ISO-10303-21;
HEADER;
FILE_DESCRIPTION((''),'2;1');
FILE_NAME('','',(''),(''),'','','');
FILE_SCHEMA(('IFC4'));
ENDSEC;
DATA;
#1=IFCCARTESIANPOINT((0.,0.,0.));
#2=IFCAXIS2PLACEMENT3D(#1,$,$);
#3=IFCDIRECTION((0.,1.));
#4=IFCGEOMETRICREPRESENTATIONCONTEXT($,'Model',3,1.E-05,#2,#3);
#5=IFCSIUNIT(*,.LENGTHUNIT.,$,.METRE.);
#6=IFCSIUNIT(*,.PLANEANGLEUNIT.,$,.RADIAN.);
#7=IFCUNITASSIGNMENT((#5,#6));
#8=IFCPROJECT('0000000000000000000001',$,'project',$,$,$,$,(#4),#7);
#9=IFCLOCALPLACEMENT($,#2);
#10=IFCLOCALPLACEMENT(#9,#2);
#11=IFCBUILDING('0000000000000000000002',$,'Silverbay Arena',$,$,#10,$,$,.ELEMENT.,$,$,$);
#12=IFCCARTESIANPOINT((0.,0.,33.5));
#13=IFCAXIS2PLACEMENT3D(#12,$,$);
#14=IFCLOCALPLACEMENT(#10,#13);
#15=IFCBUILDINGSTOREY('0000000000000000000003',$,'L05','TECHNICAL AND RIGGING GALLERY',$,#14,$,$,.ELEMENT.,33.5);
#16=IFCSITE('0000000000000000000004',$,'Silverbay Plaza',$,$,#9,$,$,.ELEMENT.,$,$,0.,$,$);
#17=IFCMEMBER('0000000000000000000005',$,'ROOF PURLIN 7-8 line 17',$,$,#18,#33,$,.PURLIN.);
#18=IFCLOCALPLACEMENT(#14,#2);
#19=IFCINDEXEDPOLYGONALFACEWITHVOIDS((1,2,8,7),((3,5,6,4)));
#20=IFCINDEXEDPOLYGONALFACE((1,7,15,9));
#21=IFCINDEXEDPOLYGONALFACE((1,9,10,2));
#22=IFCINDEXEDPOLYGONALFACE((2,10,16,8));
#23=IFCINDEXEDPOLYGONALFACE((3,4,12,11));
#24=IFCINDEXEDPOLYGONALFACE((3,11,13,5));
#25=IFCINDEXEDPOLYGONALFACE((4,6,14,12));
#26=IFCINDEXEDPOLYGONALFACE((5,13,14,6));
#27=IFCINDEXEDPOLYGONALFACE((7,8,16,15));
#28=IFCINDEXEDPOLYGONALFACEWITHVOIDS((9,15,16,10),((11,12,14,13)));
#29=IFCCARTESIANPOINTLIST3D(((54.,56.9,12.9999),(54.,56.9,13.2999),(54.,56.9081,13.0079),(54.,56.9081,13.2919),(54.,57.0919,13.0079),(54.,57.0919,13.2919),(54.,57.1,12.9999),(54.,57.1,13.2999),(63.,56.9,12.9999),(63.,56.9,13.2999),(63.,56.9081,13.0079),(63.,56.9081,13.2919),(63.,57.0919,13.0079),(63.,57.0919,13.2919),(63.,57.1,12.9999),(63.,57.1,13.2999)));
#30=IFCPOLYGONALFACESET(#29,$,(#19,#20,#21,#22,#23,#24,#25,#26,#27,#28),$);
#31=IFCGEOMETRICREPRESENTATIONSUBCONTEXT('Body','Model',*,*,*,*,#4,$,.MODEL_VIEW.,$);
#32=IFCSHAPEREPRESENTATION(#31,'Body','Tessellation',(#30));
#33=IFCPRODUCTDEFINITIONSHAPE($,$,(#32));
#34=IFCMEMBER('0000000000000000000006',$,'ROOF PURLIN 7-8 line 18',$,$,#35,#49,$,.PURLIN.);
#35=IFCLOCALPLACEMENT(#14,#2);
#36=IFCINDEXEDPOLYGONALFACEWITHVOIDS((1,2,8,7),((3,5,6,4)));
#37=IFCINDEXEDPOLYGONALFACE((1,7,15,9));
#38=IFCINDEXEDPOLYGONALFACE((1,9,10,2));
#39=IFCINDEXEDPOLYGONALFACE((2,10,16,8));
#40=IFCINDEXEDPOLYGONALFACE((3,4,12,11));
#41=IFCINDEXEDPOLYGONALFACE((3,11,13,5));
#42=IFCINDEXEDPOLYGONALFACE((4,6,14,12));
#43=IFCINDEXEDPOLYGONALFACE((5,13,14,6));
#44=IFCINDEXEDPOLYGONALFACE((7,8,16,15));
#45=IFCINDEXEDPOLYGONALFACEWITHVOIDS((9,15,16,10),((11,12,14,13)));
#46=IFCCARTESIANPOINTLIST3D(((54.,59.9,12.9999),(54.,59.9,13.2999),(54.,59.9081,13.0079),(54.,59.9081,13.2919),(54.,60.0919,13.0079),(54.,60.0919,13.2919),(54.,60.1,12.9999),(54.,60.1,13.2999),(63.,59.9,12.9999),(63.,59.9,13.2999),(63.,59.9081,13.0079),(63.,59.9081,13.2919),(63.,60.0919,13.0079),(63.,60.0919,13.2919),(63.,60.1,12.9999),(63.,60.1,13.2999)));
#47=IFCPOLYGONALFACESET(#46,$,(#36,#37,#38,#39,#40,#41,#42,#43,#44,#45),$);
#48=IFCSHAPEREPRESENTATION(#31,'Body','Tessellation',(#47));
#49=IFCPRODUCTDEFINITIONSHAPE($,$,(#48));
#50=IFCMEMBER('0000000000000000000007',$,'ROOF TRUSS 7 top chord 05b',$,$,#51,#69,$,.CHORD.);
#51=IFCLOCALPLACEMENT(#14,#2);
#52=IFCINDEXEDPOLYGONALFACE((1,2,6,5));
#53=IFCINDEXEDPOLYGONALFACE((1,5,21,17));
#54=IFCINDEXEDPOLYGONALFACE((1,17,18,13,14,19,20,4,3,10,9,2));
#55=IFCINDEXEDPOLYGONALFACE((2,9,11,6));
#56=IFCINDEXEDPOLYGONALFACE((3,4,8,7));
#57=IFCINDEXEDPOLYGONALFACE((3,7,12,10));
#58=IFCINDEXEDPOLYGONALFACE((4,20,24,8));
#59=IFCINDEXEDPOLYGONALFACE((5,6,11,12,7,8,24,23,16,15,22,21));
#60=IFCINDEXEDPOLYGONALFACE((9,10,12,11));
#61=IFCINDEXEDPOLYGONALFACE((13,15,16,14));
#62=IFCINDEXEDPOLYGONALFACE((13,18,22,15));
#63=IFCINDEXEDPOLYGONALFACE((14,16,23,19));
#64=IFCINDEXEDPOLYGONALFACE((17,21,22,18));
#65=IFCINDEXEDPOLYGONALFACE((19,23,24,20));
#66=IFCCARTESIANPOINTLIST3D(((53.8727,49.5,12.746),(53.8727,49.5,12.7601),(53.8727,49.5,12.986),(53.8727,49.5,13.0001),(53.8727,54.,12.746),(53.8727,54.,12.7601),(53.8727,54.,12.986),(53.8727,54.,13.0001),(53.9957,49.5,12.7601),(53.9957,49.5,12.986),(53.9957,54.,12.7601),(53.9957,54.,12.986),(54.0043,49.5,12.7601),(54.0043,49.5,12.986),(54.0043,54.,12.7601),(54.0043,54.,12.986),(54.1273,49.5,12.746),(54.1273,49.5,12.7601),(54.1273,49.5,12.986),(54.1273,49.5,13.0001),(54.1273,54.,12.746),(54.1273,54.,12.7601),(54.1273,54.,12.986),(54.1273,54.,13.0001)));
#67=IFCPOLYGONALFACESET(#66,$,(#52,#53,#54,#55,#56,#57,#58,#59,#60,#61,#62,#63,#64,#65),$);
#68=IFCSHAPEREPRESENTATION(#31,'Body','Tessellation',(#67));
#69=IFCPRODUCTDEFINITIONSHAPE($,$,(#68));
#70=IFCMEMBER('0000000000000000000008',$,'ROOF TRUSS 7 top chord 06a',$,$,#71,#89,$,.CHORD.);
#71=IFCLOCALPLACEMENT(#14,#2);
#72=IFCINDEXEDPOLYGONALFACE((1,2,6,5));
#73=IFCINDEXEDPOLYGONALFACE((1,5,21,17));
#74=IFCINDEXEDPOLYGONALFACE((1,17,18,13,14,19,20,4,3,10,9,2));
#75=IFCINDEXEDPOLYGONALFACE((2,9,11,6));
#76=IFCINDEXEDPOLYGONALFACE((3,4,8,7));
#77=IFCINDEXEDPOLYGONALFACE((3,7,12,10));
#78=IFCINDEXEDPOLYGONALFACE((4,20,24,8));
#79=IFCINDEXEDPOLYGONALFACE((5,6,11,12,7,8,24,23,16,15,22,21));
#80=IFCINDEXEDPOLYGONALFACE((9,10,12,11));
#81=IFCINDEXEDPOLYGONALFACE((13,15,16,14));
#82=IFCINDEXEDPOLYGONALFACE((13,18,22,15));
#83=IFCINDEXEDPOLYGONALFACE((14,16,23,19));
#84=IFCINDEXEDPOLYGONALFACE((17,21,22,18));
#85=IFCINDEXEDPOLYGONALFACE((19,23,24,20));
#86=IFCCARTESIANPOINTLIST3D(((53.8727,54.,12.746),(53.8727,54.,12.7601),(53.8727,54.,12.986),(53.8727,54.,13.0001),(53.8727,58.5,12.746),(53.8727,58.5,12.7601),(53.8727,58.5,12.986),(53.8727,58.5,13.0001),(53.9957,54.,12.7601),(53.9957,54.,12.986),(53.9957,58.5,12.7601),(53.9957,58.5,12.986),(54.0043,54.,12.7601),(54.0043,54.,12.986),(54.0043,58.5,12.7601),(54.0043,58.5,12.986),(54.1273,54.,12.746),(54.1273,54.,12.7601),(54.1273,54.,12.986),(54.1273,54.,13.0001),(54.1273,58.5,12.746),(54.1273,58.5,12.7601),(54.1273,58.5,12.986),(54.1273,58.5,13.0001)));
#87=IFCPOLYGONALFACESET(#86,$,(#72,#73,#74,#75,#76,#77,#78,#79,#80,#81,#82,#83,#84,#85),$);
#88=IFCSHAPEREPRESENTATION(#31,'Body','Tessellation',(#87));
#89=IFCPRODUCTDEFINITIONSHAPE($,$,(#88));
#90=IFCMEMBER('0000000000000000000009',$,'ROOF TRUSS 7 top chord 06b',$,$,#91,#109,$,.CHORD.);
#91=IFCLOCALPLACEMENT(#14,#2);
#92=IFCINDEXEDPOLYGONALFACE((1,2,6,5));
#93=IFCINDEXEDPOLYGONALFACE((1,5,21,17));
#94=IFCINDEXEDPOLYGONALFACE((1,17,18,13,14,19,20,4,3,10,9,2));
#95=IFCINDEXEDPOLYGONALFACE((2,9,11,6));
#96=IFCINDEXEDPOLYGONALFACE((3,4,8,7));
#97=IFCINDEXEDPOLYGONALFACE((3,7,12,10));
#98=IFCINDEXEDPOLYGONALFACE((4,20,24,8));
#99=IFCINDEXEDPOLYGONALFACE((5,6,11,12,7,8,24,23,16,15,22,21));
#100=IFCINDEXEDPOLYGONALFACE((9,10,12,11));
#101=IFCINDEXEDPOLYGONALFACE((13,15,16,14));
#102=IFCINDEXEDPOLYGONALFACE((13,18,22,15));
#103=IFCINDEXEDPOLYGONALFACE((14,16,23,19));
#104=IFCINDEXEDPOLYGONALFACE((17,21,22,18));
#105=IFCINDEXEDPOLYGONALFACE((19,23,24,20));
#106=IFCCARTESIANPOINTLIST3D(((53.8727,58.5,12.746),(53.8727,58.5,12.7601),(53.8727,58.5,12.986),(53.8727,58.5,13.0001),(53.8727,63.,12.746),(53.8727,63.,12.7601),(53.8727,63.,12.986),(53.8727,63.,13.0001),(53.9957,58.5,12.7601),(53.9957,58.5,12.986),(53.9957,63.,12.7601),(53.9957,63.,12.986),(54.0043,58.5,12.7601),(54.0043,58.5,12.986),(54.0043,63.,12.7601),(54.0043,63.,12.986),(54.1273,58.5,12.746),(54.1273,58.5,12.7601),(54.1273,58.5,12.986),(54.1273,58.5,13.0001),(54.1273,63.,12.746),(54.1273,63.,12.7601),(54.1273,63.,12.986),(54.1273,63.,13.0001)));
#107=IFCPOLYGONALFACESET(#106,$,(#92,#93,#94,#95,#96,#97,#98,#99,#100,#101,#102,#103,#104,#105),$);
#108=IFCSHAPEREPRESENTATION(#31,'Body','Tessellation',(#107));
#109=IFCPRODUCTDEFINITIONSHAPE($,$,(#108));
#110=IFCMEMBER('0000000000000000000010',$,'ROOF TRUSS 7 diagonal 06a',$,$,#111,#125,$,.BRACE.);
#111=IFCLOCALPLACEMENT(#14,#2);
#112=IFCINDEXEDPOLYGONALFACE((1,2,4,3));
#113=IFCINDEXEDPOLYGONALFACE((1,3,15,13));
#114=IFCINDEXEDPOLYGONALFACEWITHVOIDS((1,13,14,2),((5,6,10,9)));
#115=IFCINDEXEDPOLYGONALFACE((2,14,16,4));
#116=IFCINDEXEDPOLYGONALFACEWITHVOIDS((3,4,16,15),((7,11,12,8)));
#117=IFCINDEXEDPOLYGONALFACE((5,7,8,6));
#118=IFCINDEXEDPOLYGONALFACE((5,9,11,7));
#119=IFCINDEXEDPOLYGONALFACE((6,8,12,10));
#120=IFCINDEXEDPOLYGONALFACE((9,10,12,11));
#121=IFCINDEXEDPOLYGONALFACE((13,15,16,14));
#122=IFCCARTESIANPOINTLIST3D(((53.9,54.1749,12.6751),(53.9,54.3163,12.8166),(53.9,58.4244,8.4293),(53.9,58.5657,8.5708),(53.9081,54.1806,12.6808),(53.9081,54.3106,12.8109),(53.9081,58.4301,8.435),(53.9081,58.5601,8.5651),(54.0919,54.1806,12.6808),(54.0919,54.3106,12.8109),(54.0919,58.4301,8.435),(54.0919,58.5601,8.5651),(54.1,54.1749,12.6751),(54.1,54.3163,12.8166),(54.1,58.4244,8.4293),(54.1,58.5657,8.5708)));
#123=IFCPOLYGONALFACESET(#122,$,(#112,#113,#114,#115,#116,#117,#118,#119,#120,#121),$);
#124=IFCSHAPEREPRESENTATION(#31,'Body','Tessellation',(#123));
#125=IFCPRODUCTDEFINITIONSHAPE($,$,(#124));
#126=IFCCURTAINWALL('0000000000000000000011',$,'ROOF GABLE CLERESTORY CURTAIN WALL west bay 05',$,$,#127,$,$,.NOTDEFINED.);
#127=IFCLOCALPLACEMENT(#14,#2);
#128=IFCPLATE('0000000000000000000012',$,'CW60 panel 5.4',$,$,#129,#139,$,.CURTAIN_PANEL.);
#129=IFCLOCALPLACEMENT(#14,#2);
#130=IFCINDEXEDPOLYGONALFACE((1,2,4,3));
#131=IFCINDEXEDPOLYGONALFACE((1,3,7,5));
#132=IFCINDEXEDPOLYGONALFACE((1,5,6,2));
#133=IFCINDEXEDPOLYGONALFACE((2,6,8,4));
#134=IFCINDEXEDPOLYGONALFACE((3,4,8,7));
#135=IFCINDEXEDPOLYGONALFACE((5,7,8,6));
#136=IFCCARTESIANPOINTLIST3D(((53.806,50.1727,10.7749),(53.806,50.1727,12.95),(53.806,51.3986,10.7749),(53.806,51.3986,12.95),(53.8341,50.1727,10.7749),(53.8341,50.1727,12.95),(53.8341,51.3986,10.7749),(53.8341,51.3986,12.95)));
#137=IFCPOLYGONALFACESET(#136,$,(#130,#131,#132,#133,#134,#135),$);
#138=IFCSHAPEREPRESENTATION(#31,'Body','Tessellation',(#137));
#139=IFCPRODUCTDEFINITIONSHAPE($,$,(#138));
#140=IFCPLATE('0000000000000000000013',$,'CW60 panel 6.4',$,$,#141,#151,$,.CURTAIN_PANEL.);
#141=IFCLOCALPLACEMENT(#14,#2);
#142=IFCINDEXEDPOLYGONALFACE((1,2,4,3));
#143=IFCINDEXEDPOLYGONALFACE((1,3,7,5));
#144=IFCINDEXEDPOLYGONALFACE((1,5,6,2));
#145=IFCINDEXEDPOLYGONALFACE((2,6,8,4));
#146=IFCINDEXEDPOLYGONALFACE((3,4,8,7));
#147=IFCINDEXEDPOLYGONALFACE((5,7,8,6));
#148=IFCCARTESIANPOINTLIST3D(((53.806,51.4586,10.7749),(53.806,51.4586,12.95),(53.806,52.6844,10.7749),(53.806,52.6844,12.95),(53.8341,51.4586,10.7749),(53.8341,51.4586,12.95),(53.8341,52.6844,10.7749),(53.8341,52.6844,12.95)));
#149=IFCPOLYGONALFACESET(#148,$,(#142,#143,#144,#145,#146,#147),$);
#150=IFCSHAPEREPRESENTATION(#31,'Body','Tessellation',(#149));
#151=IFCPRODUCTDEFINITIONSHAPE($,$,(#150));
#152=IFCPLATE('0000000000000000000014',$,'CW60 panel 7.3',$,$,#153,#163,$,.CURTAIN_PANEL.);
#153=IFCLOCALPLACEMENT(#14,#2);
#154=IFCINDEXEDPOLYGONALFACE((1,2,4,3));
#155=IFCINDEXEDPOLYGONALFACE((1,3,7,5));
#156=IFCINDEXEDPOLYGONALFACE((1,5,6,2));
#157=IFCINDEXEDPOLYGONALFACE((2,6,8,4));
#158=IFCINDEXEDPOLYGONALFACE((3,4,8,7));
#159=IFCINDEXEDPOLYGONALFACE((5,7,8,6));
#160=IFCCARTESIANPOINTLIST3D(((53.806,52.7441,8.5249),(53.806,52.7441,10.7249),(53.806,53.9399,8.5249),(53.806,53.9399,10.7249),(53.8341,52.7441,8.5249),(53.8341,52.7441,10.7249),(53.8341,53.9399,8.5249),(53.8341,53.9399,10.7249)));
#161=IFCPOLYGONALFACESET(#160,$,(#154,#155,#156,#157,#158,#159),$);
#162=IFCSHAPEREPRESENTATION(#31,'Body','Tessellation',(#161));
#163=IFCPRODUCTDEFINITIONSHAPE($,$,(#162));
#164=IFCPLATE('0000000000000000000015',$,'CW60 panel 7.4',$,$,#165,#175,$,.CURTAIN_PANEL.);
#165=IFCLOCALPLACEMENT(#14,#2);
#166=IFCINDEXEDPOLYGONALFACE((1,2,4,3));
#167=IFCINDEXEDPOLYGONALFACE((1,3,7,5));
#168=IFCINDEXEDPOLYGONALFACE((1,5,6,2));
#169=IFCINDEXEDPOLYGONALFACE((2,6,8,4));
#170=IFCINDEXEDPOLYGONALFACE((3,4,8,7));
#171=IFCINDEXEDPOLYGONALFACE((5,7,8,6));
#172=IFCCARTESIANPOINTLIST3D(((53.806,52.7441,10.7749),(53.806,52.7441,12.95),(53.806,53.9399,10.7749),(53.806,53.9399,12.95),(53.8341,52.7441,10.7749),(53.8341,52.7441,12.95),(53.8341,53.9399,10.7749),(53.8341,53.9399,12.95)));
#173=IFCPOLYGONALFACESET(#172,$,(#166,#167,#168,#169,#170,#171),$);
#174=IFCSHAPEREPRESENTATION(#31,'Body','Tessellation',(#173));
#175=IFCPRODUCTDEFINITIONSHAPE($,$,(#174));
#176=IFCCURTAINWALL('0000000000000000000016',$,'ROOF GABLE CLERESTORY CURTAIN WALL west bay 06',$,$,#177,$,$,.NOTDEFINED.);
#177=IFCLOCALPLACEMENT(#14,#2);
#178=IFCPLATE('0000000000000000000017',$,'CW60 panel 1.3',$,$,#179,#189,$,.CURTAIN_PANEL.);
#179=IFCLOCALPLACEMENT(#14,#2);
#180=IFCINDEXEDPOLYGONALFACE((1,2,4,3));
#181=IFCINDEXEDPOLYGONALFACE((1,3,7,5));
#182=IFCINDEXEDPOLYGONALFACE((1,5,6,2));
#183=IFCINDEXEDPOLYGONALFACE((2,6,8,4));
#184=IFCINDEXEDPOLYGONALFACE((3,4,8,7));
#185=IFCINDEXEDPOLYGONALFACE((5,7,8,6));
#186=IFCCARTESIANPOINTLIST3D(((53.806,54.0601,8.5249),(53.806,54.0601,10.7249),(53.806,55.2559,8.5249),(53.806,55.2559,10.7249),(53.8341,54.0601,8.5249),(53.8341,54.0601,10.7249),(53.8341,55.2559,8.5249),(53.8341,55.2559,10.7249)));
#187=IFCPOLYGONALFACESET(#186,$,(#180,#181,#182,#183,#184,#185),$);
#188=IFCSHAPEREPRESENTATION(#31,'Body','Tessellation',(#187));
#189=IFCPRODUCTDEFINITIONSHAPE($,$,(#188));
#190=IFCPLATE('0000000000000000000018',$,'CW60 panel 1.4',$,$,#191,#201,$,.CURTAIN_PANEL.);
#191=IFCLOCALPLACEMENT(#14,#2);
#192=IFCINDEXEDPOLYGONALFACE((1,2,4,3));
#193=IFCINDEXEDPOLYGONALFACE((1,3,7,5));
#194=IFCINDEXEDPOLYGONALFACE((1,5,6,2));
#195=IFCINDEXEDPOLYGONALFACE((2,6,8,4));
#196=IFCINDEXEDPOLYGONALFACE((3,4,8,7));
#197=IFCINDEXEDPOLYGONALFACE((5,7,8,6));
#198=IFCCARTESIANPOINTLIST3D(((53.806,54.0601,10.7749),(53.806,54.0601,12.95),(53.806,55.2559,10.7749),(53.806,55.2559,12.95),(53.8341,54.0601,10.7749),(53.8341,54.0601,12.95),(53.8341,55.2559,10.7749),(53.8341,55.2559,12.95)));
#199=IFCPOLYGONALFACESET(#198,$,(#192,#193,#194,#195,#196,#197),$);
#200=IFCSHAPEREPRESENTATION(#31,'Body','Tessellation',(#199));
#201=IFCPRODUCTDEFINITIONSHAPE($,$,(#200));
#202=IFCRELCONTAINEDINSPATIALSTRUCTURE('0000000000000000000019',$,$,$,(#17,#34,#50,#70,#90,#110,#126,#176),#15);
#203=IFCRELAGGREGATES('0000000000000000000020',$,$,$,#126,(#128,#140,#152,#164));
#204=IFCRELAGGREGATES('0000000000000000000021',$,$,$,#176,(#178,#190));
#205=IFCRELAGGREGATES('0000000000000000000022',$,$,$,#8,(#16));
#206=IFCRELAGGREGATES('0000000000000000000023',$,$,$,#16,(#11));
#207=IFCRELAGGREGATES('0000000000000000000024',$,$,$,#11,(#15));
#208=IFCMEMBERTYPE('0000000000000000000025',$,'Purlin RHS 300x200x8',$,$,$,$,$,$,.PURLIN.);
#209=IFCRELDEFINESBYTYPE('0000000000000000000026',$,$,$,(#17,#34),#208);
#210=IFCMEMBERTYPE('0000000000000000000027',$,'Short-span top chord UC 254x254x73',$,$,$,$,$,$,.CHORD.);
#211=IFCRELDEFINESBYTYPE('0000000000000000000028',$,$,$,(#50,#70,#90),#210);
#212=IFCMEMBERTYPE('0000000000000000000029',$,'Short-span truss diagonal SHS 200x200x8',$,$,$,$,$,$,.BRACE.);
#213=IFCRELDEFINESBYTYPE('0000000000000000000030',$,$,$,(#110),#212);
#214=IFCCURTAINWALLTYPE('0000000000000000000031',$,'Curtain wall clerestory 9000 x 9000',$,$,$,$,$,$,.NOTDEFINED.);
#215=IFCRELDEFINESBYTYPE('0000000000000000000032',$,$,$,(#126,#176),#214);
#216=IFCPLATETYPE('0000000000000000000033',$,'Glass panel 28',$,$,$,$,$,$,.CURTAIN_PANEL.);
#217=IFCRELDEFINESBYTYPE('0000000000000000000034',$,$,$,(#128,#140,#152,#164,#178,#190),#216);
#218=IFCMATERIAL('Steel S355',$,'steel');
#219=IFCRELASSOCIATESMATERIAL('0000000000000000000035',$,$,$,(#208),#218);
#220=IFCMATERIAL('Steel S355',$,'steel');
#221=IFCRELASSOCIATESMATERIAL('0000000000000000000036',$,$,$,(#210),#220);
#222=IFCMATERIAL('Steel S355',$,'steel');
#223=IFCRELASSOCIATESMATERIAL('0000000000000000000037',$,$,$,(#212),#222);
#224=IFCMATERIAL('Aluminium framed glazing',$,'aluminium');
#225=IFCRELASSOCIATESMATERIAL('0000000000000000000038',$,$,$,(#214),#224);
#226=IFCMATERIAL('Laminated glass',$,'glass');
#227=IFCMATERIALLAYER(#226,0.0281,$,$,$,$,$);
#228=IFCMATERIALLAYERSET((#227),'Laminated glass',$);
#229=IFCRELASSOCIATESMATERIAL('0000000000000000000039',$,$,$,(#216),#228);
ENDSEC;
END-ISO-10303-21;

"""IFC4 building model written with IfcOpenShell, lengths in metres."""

from ifc_helpers import new_model, si_unit, direction, frame, origin, origin_2d, place, context, subcontext, project, spatial, rectangle, hollow_rectangle, i_section, extrude, material, layer, layer_set, material_profile, profile_set, type_object, element, aggregate, save


model = new_model("IFC4")

# Units and contexts
model_context = context("Model", 3, precision=1e-05, world=origin(), true_north=direction((0.0, 1.0)))
body_context = subcontext(model_context, "Body", "Model", "MODEL_VIEW")
ifc_project = project(units=[si_unit("LENGTHUNIT", "METRE"), si_unit("PLANEANGLEUNIT", "RADIAN")], contexts=[model_context])

# Site, building, storey
site_placement = place(None, origin())
site = spatial("IfcSite", under=ifc_project, at=site_placement, Name="Silverbay Plaza", CompositionType="ELEMENT", RefElevation=0.0)
building_placement = place(site_placement, origin())
building = spatial("IfcBuilding", under=site, at=building_placement, Name="Silverbay Arena", CompositionType="ELEMENT")
storey_placement = place(building_placement, frame((0.0, 0.0, 33.5)))
storey = spatial("IfcBuildingStorey", under=building, at=storey_placement, Name="L05", Description="TECHNICAL AND RIGGING GALLERY", CompositionType="ELEMENT", Elevation=33.5)

# Members
ifc_material_1 = material(Name="Steel S355", Category="steel")
ifc_material_profile_1 = material_profile(ifc_material_1, hollow_rectangle(XDim=0.2, YDim=0.3, WallThickness=0.0081, at=origin_2d()), Name="RHS 300x200x8")
ifc_profile_set_1 = profile_set([ifc_material_profile_1], Name="Steel S355")
member_type_1 = type_object("IfcMemberType", Name="Purlin RHS 300x200x8", PredefinedType="PURLIN", material=ifc_profile_set_1)
for number, where, z_axis, x_axis, name in (
    (1, (54.0, 57.0, 13.1499), (1.0, 0.0, 0.0), (0.0, 1.0, 0.0), "ROOF PURLIN 7-8 line 17"),
    (2, (54.0, 60.0, 13.1499), (1.0, 0.0, 0.0), (0.0, 1.0, 0.0), "ROOF PURLIN 7-8 line 18"),
):
    element("IfcMember", number, at=place(storey_placement, frame(where, z_axis=z_axis, x_axis=x_axis)), inside=storey, type_object=member_type_1, Name=name, PredefinedType="PURLIN", context=body_context, shape_type="SweptSolid", body=[
        extrude(hollow_rectangle(XDim=0.2, YDim=0.3, WallThickness=0.0081, at=origin_2d()), origin(), (0.0, 0.0, 1.0), 9.0),
    ])
ifc_material_2 = material(Name="Steel S355", Category="steel")
ifc_material_profile_2 = material_profile(ifc_material_2, i_section(OverallWidth=0.2546, OverallDepth=0.2542, WebThickness=0.0085, FlangeThickness=0.0142, at=origin_2d()), Name="UC 254x254x73")
ifc_profile_set_2 = profile_set([ifc_material_profile_2], Name="Steel S355")
member_type_2 = type_object("IfcMemberType", Name="Short-span top chord UC 254x254x73", PredefinedType="CHORD", material=ifc_profile_set_2)
for number, where, z_axis, x_axis, name in (
    (3, (54.0, 49.5, 12.873), (0.0, 1.0, 0.0), (-1.0, 0.0, 0.0), "ROOF TRUSS 7 top chord 05b"),
    (4, (54.0, 54.0, 12.873), (0.0, 1.0, 0.0), (-1.0, 0.0, 0.0), "ROOF TRUSS 7 top chord 06a"),
    (5, (54.0, 58.5, 12.873), (0.0, 1.0, 0.0), (-1.0, 0.0, 0.0), "ROOF TRUSS 7 top chord 06b"),
):
    element("IfcMember", number, at=place(storey_placement, frame(where, z_axis=z_axis, x_axis=x_axis)), inside=storey, type_object=member_type_2, Name=name, PredefinedType="CHORD", context=body_context, shape_type="SweptSolid", body=[
        extrude(i_section(OverallWidth=0.2546, OverallDepth=0.2542, WebThickness=0.0085, FlangeThickness=0.0142, at=origin_2d()), origin(), (0.0, 0.0, 1.0), 4.5),
    ])
ifc_material_3 = material(Name="Steel S355", Category="steel")
ifc_material_profile_3 = material_profile(ifc_material_3, hollow_rectangle(XDim=0.2, YDim=0.2, WallThickness=0.0081, at=origin_2d()), Name="SHS 200x200x8")
ifc_profile_set_3 = profile_set([ifc_material_profile_3], Name="Steel S355")
member_type_3 = type_object("IfcMemberType", Name="Short-span truss diagonal SHS 200x200x8", PredefinedType="BRACE", material=ifc_profile_set_3)
member_placement = place(storey_placement, frame((54.0, 54.2456, 12.7458), z_axis=(0.0, 0.707412, -0.706802), x_axis=(-1.0, 0.0, 0.0)))
element("IfcMember", 6, at=member_placement, inside=storey, type_object=member_type_3, Name="ROOF TRUSS 7 diagonal 06a", PredefinedType="BRACE", context=body_context, shape_type="SweptSolid", body=[
    extrude(hollow_rectangle(XDim=0.2, YDim=0.2, WallThickness=0.0081, at=origin_2d()), origin(), (0.0, 0.0, 1.0), 6.0071),
])

# Curtain walls, plates
ifc_material_4 = material(Name="Aluminium framed glazing", Category="aluminium")
curtain_wall_type = type_object("IfcCurtainWallType", Name="Curtain wall clerestory 9000 x 9000", PredefinedType="NOTDEFINED", material=ifc_material_4)
curtain_wall_1_placement = place(storey_placement, origin())
curtain_wall_1 = element("IfcCurtainWall", 7, at=curtain_wall_1_placement, inside=storey, type_object=curtain_wall_type, Name="ROOF GABLE CLERESTORY CURTAIN WALL west bay 05", PredefinedType="NOTDEFINED")
ifc_material_5 = material(Name="Laminated glass", Category="glass")
ifc_layer = layer(ifc_material_5, 0.0281)
ifc_layer_set = layer_set([ifc_layer], Name="Laminated glass")
plate_type = type_object("IfcPlateType", Name="Glass panel 28", PredefinedType="CURTAIN_PANEL", material=ifc_layer_set)
plate_1_placement = place(storey_placement, frame((53.8201, 50.7856, 10.7749), z_axis=(0.0, 0.0, 1.0), x_axis=(0.0, 1.0, 0.0)))
plate_1 = element("IfcPlate", 8, at=plate_1_placement, type_object=plate_type, Name="CW60 panel 5.4", PredefinedType="CURTAIN_PANEL", context=body_context, shape_type="SweptSolid", body=[
    extrude(rectangle(XDim=1.2258, YDim=0.0281, at=origin_2d()), origin(), (0.0, 0.0, 1.0), 2.175),
])
plate_2_placement = place(storey_placement, frame((53.8201, 52.0715, 10.7749), z_axis=(0.0, 0.0, 1.0), x_axis=(0.0, 1.0, 0.0)))
plate_2 = element("IfcPlate", 9, at=plate_2_placement, type_object=plate_type, Name="CW60 panel 6.4", PredefinedType="CURTAIN_PANEL", context=body_context, shape_type="SweptSolid", body=[
    extrude(rectangle(XDim=1.2258, YDim=0.0281, at=origin_2d()), origin(), (0.0, 0.0, 1.0), 2.175),
])
plate_3_placement = place(storey_placement, frame((53.8201, 53.342, 8.5249), z_axis=(0.0, 0.0, 1.0), x_axis=(0.0, 1.0, 0.0)))
plate_3 = element("IfcPlate", 10, at=plate_3_placement, type_object=plate_type, Name="CW60 panel 7.3", PredefinedType="CURTAIN_PANEL", context=body_context, shape_type="SweptSolid", body=[
    extrude(rectangle(XDim=1.1958, YDim=0.0281, at=origin_2d()), origin(), (0.0, 0.0, 1.0), 2.2),
])
plate_4_placement = place(storey_placement, frame((53.8201, 53.342, 10.7749), z_axis=(0.0, 0.0, 1.0), x_axis=(0.0, 1.0, 0.0)))
plate_4 = element("IfcPlate", 11, at=plate_4_placement, type_object=plate_type, Name="CW60 panel 7.4", PredefinedType="CURTAIN_PANEL", context=body_context, shape_type="SweptSolid", body=[
    extrude(rectangle(XDim=1.1958, YDim=0.0281, at=origin_2d()), origin(), (0.0, 0.0, 1.0), 2.175),
])
aggregate(curtain_wall_1, [plate_1, plate_2, plate_3, plate_4])
curtain_wall_2_placement = place(storey_placement, origin())
curtain_wall_2 = element("IfcCurtainWall", 12, at=curtain_wall_2_placement, inside=storey, type_object=curtain_wall_type, Name="ROOF GABLE CLERESTORY CURTAIN WALL west bay 06", PredefinedType="NOTDEFINED")
plate_5_placement = place(storey_placement, frame((53.8201, 54.658, 8.5249), z_axis=(0.0, 0.0, 1.0), x_axis=(0.0, 1.0, 0.0)))
plate_5 = element("IfcPlate", 13, at=plate_5_placement, type_object=plate_type, Name="CW60 panel 1.3", PredefinedType="CURTAIN_PANEL", context=body_context, shape_type="SweptSolid", body=[
    extrude(rectangle(XDim=1.1958, YDim=0.0281, at=origin_2d()), origin(), (0.0, 0.0, 1.0), 2.2),
])
plate_6_placement = place(storey_placement, frame((53.8201, 54.658, 10.7749), z_axis=(0.0, 0.0, 1.0), x_axis=(0.0, 1.0, 0.0)))
plate_6 = element("IfcPlate", 14, at=plate_6_placement, type_object=plate_type, Name="CW60 panel 1.4", PredefinedType="CURTAIN_PANEL", context=body_context, shape_type="SweptSolid", body=[
    extrude(rectangle(XDim=1.1958, YDim=0.0281, at=origin_2d()), origin(), (0.0, 0.0, 1.0), 2.175),
])
aggregate(curtain_wall_2, [plate_5, plate_6])

save(model, "model.ifc")
